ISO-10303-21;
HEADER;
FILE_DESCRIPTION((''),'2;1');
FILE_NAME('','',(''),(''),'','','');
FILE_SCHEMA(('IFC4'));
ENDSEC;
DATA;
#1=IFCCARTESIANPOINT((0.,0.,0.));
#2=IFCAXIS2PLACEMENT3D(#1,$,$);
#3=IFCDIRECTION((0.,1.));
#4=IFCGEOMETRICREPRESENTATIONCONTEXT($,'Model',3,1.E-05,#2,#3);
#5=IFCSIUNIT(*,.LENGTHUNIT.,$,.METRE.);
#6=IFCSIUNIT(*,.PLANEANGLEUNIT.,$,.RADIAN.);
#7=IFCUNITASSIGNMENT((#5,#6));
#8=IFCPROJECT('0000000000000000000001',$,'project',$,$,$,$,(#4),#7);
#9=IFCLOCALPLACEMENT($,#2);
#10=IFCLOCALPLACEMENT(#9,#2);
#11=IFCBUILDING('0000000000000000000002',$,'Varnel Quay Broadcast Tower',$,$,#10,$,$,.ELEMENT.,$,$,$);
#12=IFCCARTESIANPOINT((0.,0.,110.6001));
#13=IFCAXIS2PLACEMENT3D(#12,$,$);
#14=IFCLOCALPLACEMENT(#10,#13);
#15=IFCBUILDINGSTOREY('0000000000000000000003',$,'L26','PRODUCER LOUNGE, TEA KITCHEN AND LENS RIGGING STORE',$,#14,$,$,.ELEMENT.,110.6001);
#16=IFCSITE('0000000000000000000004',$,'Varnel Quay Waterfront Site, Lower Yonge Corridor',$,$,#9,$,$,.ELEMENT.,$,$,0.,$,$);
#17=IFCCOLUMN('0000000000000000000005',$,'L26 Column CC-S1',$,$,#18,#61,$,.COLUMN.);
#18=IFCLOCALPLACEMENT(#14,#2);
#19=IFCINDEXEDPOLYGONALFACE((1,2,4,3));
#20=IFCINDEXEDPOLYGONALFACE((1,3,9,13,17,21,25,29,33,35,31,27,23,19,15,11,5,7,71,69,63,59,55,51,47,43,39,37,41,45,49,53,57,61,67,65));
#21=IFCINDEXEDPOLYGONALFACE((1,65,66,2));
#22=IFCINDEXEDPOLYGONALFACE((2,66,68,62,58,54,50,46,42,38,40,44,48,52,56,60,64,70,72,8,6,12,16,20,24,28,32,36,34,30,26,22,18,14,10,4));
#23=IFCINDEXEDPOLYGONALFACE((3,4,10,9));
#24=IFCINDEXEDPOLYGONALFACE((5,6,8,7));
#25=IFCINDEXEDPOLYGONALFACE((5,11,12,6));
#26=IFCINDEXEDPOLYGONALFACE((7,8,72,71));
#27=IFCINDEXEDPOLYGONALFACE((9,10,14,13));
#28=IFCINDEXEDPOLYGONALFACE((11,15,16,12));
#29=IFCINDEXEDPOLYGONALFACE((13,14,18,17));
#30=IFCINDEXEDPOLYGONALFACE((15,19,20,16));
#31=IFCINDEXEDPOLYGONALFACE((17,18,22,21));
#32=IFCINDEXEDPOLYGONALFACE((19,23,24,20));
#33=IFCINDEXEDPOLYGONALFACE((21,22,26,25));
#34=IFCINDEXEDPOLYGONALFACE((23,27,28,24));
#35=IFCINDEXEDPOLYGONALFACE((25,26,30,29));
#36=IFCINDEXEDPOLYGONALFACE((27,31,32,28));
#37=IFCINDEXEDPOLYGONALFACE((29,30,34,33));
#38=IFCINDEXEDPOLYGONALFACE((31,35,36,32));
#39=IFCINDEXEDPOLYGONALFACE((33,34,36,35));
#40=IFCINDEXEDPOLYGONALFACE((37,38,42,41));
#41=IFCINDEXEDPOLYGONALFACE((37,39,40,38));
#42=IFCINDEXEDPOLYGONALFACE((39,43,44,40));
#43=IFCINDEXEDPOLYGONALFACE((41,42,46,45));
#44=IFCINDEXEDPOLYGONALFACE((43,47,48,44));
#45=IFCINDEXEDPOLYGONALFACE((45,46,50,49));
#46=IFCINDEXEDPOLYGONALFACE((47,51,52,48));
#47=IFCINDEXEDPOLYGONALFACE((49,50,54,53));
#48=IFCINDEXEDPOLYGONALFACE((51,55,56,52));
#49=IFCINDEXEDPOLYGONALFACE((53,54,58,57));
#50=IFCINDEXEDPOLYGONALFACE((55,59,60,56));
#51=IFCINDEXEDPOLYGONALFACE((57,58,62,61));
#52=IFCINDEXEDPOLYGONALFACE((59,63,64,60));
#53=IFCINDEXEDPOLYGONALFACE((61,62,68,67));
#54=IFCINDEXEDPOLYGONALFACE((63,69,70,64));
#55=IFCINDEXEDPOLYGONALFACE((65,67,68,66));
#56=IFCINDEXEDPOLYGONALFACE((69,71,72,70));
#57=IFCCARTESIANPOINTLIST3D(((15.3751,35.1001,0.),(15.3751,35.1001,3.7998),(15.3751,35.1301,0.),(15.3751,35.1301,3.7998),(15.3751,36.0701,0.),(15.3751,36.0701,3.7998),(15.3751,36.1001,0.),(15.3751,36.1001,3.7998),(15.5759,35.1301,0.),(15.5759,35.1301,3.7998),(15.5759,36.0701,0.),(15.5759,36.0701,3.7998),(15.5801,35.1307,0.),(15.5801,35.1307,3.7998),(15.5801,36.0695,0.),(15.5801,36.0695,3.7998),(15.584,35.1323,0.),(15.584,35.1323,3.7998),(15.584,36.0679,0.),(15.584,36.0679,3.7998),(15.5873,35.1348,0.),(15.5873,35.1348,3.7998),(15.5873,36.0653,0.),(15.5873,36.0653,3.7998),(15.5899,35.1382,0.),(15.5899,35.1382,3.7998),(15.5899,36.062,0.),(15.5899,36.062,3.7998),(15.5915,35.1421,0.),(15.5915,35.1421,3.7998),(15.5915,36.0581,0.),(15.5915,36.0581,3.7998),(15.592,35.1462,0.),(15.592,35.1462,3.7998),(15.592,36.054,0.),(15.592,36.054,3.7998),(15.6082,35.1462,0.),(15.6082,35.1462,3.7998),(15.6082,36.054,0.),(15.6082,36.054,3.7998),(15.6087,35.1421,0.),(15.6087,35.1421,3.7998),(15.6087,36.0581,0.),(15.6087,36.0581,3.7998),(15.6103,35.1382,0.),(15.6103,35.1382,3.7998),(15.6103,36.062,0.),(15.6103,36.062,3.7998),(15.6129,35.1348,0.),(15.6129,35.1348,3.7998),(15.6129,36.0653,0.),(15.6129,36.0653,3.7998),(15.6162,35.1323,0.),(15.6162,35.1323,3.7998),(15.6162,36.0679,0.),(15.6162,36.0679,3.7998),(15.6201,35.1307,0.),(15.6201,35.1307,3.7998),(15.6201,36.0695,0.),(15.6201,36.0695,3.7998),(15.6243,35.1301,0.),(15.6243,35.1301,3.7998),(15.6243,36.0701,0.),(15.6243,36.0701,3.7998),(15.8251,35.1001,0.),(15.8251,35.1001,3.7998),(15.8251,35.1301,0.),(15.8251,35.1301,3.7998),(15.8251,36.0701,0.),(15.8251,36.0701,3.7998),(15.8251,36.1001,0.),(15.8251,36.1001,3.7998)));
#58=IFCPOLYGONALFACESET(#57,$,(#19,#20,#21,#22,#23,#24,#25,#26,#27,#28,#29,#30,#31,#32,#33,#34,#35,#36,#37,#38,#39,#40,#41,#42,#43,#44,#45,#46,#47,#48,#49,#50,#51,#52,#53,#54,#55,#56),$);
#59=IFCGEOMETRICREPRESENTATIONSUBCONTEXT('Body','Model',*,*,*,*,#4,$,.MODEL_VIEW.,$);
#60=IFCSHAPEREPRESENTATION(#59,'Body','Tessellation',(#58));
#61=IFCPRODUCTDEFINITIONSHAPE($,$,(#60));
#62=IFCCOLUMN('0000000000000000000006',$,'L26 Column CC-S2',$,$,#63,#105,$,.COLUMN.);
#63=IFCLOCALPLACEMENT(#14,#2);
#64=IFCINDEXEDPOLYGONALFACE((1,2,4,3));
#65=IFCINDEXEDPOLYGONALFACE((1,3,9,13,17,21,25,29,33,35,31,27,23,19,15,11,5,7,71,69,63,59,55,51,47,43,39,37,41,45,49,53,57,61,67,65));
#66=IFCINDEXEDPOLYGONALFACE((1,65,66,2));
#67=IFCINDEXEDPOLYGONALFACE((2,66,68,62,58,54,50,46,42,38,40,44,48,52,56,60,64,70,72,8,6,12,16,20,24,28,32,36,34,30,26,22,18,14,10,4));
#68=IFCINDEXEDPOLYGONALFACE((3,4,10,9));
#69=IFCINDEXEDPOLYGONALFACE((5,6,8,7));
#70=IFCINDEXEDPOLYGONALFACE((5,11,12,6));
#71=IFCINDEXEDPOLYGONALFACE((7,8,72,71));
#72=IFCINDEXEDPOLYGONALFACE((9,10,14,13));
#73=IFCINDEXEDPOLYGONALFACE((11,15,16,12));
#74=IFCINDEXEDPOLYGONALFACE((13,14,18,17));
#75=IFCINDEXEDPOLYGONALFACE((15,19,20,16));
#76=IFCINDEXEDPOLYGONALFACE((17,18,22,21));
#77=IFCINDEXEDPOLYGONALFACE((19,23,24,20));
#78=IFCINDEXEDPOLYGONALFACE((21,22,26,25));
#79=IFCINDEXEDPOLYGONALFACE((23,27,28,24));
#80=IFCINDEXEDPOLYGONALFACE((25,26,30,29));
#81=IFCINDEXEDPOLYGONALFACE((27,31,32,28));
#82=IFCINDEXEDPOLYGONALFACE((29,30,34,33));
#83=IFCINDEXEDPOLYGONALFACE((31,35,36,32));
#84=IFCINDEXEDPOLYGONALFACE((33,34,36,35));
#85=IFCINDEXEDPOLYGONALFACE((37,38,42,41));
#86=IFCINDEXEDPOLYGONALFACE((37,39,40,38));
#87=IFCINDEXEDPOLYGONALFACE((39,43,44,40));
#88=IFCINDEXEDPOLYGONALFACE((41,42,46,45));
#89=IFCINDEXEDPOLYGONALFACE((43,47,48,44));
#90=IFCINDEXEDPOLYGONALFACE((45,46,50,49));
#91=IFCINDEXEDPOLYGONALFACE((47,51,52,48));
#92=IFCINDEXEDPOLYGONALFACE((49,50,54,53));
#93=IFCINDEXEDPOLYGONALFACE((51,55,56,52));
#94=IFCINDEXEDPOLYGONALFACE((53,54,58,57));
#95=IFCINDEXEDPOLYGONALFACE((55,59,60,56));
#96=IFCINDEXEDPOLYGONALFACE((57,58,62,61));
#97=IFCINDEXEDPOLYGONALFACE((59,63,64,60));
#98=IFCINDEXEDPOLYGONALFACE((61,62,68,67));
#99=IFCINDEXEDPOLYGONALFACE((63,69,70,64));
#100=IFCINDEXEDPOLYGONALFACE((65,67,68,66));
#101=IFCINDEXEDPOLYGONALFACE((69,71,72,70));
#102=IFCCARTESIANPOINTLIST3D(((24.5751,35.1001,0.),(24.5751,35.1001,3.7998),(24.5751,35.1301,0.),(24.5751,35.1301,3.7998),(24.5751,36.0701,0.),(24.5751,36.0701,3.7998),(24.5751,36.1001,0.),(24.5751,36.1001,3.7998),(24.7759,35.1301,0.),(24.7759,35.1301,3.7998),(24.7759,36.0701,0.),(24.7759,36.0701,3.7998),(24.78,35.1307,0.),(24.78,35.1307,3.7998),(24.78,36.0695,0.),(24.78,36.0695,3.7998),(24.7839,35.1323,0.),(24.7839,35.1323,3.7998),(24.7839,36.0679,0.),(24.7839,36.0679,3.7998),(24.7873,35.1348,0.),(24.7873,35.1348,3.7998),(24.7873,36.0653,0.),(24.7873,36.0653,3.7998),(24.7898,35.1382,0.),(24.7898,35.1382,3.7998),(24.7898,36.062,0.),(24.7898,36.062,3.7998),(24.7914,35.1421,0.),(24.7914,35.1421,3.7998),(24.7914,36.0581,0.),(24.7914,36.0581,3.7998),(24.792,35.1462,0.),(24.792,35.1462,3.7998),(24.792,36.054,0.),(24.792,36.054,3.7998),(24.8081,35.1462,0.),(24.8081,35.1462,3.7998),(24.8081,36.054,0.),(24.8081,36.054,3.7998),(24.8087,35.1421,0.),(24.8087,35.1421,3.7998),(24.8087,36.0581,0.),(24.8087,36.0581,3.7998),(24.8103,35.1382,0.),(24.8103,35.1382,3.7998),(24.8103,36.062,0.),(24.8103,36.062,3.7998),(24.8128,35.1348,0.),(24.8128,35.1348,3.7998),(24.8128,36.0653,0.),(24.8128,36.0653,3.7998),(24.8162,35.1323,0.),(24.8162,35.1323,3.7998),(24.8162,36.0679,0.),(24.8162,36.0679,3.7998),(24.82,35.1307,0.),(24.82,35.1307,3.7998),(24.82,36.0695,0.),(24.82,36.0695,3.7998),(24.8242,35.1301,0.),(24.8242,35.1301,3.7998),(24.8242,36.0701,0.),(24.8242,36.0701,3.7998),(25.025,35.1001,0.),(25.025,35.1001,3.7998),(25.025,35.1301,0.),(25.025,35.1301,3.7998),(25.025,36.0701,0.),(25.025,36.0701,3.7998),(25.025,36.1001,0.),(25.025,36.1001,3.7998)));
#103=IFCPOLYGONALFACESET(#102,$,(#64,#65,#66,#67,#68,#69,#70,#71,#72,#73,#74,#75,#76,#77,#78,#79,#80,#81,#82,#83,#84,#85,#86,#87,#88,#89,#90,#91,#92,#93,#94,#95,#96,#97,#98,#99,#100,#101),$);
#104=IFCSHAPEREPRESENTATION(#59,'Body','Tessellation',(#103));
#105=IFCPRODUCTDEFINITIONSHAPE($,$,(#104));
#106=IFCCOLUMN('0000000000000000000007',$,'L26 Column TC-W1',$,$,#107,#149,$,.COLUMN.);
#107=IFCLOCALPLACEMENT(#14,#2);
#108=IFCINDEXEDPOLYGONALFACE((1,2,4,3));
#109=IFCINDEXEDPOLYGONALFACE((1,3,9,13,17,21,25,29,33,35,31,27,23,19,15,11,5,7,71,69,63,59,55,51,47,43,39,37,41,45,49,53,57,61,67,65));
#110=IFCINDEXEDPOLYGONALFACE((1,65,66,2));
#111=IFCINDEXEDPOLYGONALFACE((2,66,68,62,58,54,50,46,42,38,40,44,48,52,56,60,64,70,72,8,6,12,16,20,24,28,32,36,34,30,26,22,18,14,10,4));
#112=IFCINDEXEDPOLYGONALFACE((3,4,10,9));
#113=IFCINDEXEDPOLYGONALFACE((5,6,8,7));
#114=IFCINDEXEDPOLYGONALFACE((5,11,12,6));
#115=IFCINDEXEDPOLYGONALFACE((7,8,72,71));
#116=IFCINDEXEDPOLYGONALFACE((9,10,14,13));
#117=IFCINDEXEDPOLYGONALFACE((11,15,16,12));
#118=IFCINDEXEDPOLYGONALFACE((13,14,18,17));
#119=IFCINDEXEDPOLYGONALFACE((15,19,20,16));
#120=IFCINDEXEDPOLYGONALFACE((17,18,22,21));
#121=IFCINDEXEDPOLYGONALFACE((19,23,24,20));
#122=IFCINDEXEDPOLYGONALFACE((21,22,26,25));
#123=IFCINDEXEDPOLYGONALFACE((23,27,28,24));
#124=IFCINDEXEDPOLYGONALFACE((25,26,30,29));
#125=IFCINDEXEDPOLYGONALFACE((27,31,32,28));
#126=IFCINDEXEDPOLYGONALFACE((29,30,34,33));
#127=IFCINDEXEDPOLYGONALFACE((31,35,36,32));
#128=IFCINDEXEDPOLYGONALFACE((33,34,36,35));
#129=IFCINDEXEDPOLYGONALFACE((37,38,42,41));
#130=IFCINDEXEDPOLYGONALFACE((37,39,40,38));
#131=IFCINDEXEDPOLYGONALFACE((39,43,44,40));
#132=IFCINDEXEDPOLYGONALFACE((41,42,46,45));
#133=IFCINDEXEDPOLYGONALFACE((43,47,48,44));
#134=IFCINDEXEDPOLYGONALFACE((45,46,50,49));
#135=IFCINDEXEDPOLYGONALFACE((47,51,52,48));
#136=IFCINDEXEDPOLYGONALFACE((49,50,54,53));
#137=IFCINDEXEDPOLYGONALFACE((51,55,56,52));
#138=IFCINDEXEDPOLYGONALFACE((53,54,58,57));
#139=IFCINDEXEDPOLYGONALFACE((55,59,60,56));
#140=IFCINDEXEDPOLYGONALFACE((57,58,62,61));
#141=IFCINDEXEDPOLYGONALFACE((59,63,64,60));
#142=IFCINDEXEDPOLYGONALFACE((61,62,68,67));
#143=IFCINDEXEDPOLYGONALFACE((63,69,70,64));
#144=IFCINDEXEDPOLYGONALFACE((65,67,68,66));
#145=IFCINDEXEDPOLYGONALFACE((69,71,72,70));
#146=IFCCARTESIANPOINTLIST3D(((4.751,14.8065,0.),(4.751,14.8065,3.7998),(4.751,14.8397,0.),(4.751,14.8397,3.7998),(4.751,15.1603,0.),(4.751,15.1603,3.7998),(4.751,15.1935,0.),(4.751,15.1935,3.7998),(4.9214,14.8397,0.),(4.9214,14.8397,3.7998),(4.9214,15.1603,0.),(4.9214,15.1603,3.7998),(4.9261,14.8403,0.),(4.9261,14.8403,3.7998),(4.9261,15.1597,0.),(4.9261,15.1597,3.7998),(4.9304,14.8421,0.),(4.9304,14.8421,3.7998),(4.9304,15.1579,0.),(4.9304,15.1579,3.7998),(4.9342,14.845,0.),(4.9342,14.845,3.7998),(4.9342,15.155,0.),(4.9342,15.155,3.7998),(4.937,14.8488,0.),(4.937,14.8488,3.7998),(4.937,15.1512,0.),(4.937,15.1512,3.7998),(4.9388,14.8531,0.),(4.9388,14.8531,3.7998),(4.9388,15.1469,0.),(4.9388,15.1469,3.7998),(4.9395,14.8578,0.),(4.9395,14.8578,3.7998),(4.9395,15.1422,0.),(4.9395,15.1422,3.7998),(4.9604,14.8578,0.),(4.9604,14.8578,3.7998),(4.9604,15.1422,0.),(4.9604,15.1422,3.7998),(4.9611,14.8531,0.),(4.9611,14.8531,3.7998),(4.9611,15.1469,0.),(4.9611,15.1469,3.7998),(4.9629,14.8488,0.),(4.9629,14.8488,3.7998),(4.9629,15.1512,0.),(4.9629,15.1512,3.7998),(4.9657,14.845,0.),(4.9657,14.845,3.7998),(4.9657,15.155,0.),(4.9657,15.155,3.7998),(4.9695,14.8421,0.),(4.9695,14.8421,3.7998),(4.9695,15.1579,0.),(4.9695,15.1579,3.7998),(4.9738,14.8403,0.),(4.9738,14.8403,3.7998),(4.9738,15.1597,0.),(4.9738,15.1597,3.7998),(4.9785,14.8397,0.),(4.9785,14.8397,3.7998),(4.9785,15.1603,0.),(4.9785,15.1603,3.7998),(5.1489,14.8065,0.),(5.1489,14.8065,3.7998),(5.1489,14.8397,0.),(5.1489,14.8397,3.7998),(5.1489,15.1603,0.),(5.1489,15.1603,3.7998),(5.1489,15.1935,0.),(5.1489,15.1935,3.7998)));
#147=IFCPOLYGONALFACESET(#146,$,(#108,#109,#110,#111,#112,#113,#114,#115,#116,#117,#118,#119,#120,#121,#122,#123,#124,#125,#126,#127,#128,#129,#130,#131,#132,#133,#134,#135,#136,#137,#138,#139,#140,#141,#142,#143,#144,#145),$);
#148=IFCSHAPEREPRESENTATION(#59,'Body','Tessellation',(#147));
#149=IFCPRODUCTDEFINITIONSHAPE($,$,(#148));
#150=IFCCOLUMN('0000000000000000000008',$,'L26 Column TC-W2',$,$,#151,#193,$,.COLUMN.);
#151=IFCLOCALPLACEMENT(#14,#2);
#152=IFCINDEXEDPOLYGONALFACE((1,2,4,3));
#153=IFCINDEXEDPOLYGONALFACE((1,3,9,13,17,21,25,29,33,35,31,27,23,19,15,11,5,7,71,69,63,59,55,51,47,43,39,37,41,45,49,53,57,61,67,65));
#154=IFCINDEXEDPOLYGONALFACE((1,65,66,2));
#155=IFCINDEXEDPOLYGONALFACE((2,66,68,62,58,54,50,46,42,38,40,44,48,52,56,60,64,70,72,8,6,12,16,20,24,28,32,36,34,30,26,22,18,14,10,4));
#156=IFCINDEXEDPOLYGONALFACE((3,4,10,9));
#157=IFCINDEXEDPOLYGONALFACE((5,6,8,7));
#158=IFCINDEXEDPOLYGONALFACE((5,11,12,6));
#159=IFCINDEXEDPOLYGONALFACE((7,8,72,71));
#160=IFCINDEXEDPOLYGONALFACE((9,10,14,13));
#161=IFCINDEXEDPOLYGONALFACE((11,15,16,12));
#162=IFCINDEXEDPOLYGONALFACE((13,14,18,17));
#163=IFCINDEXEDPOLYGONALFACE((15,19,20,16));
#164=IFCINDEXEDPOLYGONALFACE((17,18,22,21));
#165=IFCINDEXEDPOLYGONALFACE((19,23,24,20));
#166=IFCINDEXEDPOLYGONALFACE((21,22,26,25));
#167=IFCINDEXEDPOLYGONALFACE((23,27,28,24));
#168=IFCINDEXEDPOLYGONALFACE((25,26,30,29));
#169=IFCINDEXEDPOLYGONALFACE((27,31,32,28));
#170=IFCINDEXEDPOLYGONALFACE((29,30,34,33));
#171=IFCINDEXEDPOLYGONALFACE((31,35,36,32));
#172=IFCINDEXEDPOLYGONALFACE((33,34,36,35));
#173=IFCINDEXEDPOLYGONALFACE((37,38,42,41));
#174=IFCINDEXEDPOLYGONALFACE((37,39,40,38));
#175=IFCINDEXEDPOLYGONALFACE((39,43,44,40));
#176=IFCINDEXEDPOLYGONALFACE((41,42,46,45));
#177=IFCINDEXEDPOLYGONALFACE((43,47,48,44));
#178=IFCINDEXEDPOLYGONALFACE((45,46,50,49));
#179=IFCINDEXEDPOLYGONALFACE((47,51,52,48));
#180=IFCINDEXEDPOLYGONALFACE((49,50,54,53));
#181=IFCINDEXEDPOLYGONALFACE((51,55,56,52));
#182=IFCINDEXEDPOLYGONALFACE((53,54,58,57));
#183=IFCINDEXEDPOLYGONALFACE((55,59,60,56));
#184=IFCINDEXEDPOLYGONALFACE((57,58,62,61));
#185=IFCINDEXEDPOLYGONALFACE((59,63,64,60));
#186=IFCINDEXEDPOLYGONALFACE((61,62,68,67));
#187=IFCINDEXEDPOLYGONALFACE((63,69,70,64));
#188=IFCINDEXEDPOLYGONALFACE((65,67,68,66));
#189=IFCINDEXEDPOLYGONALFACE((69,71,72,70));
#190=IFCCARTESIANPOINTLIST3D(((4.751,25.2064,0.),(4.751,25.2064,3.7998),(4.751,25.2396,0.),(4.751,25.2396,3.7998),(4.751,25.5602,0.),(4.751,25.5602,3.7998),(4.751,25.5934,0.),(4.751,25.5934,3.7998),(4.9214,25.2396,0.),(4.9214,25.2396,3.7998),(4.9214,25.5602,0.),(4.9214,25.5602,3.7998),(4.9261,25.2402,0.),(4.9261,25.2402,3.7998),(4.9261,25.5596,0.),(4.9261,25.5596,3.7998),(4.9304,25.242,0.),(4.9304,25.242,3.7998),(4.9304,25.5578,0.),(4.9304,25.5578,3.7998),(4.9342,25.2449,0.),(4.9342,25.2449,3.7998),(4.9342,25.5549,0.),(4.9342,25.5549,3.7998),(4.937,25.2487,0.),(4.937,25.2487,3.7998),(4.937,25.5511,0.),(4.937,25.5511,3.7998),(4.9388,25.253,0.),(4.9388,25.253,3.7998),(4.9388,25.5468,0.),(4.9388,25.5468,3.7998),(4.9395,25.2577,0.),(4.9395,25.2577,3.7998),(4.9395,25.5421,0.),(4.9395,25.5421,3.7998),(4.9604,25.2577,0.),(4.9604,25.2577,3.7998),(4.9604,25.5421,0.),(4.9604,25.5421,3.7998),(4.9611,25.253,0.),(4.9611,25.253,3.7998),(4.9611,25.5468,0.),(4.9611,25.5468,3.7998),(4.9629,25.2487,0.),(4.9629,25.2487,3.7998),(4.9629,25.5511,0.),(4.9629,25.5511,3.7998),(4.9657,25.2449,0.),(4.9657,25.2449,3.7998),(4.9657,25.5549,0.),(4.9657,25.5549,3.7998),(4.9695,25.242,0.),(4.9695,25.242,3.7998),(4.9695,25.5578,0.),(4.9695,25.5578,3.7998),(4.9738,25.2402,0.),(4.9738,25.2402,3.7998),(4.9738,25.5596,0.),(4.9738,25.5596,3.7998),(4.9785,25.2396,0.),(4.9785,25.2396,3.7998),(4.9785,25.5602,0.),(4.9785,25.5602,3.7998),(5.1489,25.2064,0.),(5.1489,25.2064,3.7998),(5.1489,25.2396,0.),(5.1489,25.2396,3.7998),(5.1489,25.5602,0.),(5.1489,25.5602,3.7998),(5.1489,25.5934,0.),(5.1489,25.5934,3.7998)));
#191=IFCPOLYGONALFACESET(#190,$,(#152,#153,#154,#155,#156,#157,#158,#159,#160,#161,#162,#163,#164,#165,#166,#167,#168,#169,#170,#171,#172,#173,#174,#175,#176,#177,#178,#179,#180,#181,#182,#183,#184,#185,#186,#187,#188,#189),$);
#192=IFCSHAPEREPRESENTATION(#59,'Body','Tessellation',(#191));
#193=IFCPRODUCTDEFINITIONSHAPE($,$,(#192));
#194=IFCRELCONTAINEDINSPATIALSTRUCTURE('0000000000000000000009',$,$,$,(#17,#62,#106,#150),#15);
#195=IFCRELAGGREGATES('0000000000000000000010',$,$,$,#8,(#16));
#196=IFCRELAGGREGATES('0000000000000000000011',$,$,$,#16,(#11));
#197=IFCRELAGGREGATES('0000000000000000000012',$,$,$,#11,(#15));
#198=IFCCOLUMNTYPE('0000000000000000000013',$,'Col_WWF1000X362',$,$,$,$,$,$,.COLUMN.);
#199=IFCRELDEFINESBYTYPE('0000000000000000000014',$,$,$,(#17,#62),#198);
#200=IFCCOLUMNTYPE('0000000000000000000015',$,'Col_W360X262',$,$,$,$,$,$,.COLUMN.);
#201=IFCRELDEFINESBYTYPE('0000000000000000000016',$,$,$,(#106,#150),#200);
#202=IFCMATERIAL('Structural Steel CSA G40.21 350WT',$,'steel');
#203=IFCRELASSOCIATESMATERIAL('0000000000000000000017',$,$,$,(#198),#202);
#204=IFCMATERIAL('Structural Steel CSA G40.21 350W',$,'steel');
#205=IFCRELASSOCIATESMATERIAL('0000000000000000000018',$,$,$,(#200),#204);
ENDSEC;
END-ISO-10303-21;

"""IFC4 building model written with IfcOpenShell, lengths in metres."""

from ifc_helpers import new_model, si_unit, direction, frame, origin, origin_2d, place, context, subcontext, project, spatial, i_section, extrude, source, transform, mapped, material, material_profile, profile_set, type_object, type_shapes, element, save


model = new_model("IFC4")

# Units and contexts
model_context = context("Model", 3, precision=1e-05, world=origin(), true_north=direction((0.0, 1.0)))
body_context = subcontext(model_context, "Body", "Model", "MODEL_VIEW")
ifc_project = project(units=[si_unit("LENGTHUNIT", "METRE"), si_unit("PLANEANGLEUNIT", "RADIAN")], contexts=[model_context])

# Site, building, storey
site_placement = place(None, origin())
site = spatial("IfcSite", under=ifc_project, at=site_placement, Name="Varnel Quay Waterfront Site, Lower Yonge Corridor", CompositionType="ELEMENT", RefElevation=0.0)
building_placement = place(site_placement, origin())
building = spatial("IfcBuilding", under=site, at=building_placement, Name="Varnel Quay Broadcast Tower", CompositionType="ELEMENT")
storey_placement = place(building_placement, frame((0.0, 0.0, 110.6001)))
storey = spatial("IfcBuildingStorey", under=building, at=storey_placement, Name="L26", Description="PRODUCER LOUNGE, TEA KITCHEN AND LENS RIGGING STORE", CompositionType="ELEMENT", Elevation=110.6001)

# Columns
ifc_material_1 = material(Name="Structural Steel CSA G40.21 350WT", Category="steel")
ifc_material_profile_1 = material_profile(ifc_material_1, i_section(OverallWidth=0.45, OverallDepth=1.0, WebThickness=0.0161, FlangeThickness=0.03, FilletRadius=0.0161, at=origin_2d()), Name="WWF1000X362")
ifc_profile_set_1 = profile_set([ifc_material_profile_1], Name="Structural Steel CSA G40.21 350WT")
column_type_1 = type_object("IfcColumnType", Name="Col_WWF1000X362", PredefinedType="COLUMN", material=ifc_profile_set_1)
shared_shape_1 = source(origin(), body_context, "Body", "SweptSolid", [
    extrude(i_section(OverallWidth=0.45, OverallDepth=1.0, WebThickness=0.0161, FlangeThickness=0.03, FilletRadius=0.0161, at=origin_2d()), origin(), (0.0, 0.0, 1.0), 3.7998),
])
type_shapes(column_type_1, [shared_shape_1])
for number, where, z_axis, x_axis, name in (
    (1, (15.6001, 35.6001, 0.0), (0.0, 0.0, 1.0), (1.0, 0.0, 0.0), "L26 Column CC-S1"),
    (2, (24.8, 35.6001, 0.0), (0.0, 0.0, 1.0), (1.0, 0.0, 0.0), "L26 Column CC-S2"),
):
    element("IfcColumn", number, at=place(storey_placement, frame(where, z_axis=z_axis, x_axis=x_axis)), inside=storey, type_object=column_type_1, Name=name, PredefinedType="COLUMN", context=body_context, shape_type="MappedRepresentation", body=[
        mapped(shared_shape_1, transform((0.0, 0.0, 0.0), x_axis=(1.0, 0.0, 0.0), y_axis=(0.0, 1.0, 0.0), z_axis=(0.0, 0.0, 1.0), scale=1.0)),
    ])
ifc_material_2 = material(Name="Structural Steel CSA G40.21 350W", Category="steel")
ifc_material_profile_2 = material_profile(ifc_material_2, i_section(OverallWidth=0.3979, OverallDepth=0.387, WebThickness=0.021, FlangeThickness=0.0332, FilletRadius=0.0181, at=origin_2d()), Name="W360X262")
ifc_profile_set_2 = profile_set([ifc_material_profile_2], Name="Structural Steel CSA G40.21 350W")
column_type_2 = type_object("IfcColumnType", Name="Col_W360X262", PredefinedType="COLUMN", material=ifc_profile_set_2)
shared_shape_2 = source(origin(), body_context, "Body", "SweptSolid", [
    extrude(i_section(OverallWidth=0.3979, OverallDepth=0.387, WebThickness=0.021, FlangeThickness=0.0332, FilletRadius=0.0181, at=origin_2d()), origin(), (0.0, 0.0, 1.0), 3.7998),
])
type_shapes(column_type_2, [shared_shape_2])
for number, where, z_axis, x_axis, name in (
    (3, (4.95, 15.0, 0.0), (0.0, 0.0, 1.0), (1.0, 0.0, 0.0), "L26 Column TC-W1"),
    (4, (4.95, 25.3999, 0.0), (0.0, 0.0, 1.0), (1.0, 0.0, 0.0), "L26 Column TC-W2"),
):
    element("IfcColumn", number, at=place(storey_placement, frame(where, z_axis=z_axis, x_axis=x_axis)), inside=storey, type_object=column_type_2, Name=name, PredefinedType="COLUMN", context=body_context, shape_type="MappedRepresentation", body=[
        mapped(shared_shape_2, transform((0.0, 0.0, 0.0), x_axis=(1.0, 0.0, 0.0), y_axis=(0.0, 1.0, 0.0), z_axis=(0.0, 0.0, 1.0), scale=1.0)),
    ])

save(model, "model.ifc")
